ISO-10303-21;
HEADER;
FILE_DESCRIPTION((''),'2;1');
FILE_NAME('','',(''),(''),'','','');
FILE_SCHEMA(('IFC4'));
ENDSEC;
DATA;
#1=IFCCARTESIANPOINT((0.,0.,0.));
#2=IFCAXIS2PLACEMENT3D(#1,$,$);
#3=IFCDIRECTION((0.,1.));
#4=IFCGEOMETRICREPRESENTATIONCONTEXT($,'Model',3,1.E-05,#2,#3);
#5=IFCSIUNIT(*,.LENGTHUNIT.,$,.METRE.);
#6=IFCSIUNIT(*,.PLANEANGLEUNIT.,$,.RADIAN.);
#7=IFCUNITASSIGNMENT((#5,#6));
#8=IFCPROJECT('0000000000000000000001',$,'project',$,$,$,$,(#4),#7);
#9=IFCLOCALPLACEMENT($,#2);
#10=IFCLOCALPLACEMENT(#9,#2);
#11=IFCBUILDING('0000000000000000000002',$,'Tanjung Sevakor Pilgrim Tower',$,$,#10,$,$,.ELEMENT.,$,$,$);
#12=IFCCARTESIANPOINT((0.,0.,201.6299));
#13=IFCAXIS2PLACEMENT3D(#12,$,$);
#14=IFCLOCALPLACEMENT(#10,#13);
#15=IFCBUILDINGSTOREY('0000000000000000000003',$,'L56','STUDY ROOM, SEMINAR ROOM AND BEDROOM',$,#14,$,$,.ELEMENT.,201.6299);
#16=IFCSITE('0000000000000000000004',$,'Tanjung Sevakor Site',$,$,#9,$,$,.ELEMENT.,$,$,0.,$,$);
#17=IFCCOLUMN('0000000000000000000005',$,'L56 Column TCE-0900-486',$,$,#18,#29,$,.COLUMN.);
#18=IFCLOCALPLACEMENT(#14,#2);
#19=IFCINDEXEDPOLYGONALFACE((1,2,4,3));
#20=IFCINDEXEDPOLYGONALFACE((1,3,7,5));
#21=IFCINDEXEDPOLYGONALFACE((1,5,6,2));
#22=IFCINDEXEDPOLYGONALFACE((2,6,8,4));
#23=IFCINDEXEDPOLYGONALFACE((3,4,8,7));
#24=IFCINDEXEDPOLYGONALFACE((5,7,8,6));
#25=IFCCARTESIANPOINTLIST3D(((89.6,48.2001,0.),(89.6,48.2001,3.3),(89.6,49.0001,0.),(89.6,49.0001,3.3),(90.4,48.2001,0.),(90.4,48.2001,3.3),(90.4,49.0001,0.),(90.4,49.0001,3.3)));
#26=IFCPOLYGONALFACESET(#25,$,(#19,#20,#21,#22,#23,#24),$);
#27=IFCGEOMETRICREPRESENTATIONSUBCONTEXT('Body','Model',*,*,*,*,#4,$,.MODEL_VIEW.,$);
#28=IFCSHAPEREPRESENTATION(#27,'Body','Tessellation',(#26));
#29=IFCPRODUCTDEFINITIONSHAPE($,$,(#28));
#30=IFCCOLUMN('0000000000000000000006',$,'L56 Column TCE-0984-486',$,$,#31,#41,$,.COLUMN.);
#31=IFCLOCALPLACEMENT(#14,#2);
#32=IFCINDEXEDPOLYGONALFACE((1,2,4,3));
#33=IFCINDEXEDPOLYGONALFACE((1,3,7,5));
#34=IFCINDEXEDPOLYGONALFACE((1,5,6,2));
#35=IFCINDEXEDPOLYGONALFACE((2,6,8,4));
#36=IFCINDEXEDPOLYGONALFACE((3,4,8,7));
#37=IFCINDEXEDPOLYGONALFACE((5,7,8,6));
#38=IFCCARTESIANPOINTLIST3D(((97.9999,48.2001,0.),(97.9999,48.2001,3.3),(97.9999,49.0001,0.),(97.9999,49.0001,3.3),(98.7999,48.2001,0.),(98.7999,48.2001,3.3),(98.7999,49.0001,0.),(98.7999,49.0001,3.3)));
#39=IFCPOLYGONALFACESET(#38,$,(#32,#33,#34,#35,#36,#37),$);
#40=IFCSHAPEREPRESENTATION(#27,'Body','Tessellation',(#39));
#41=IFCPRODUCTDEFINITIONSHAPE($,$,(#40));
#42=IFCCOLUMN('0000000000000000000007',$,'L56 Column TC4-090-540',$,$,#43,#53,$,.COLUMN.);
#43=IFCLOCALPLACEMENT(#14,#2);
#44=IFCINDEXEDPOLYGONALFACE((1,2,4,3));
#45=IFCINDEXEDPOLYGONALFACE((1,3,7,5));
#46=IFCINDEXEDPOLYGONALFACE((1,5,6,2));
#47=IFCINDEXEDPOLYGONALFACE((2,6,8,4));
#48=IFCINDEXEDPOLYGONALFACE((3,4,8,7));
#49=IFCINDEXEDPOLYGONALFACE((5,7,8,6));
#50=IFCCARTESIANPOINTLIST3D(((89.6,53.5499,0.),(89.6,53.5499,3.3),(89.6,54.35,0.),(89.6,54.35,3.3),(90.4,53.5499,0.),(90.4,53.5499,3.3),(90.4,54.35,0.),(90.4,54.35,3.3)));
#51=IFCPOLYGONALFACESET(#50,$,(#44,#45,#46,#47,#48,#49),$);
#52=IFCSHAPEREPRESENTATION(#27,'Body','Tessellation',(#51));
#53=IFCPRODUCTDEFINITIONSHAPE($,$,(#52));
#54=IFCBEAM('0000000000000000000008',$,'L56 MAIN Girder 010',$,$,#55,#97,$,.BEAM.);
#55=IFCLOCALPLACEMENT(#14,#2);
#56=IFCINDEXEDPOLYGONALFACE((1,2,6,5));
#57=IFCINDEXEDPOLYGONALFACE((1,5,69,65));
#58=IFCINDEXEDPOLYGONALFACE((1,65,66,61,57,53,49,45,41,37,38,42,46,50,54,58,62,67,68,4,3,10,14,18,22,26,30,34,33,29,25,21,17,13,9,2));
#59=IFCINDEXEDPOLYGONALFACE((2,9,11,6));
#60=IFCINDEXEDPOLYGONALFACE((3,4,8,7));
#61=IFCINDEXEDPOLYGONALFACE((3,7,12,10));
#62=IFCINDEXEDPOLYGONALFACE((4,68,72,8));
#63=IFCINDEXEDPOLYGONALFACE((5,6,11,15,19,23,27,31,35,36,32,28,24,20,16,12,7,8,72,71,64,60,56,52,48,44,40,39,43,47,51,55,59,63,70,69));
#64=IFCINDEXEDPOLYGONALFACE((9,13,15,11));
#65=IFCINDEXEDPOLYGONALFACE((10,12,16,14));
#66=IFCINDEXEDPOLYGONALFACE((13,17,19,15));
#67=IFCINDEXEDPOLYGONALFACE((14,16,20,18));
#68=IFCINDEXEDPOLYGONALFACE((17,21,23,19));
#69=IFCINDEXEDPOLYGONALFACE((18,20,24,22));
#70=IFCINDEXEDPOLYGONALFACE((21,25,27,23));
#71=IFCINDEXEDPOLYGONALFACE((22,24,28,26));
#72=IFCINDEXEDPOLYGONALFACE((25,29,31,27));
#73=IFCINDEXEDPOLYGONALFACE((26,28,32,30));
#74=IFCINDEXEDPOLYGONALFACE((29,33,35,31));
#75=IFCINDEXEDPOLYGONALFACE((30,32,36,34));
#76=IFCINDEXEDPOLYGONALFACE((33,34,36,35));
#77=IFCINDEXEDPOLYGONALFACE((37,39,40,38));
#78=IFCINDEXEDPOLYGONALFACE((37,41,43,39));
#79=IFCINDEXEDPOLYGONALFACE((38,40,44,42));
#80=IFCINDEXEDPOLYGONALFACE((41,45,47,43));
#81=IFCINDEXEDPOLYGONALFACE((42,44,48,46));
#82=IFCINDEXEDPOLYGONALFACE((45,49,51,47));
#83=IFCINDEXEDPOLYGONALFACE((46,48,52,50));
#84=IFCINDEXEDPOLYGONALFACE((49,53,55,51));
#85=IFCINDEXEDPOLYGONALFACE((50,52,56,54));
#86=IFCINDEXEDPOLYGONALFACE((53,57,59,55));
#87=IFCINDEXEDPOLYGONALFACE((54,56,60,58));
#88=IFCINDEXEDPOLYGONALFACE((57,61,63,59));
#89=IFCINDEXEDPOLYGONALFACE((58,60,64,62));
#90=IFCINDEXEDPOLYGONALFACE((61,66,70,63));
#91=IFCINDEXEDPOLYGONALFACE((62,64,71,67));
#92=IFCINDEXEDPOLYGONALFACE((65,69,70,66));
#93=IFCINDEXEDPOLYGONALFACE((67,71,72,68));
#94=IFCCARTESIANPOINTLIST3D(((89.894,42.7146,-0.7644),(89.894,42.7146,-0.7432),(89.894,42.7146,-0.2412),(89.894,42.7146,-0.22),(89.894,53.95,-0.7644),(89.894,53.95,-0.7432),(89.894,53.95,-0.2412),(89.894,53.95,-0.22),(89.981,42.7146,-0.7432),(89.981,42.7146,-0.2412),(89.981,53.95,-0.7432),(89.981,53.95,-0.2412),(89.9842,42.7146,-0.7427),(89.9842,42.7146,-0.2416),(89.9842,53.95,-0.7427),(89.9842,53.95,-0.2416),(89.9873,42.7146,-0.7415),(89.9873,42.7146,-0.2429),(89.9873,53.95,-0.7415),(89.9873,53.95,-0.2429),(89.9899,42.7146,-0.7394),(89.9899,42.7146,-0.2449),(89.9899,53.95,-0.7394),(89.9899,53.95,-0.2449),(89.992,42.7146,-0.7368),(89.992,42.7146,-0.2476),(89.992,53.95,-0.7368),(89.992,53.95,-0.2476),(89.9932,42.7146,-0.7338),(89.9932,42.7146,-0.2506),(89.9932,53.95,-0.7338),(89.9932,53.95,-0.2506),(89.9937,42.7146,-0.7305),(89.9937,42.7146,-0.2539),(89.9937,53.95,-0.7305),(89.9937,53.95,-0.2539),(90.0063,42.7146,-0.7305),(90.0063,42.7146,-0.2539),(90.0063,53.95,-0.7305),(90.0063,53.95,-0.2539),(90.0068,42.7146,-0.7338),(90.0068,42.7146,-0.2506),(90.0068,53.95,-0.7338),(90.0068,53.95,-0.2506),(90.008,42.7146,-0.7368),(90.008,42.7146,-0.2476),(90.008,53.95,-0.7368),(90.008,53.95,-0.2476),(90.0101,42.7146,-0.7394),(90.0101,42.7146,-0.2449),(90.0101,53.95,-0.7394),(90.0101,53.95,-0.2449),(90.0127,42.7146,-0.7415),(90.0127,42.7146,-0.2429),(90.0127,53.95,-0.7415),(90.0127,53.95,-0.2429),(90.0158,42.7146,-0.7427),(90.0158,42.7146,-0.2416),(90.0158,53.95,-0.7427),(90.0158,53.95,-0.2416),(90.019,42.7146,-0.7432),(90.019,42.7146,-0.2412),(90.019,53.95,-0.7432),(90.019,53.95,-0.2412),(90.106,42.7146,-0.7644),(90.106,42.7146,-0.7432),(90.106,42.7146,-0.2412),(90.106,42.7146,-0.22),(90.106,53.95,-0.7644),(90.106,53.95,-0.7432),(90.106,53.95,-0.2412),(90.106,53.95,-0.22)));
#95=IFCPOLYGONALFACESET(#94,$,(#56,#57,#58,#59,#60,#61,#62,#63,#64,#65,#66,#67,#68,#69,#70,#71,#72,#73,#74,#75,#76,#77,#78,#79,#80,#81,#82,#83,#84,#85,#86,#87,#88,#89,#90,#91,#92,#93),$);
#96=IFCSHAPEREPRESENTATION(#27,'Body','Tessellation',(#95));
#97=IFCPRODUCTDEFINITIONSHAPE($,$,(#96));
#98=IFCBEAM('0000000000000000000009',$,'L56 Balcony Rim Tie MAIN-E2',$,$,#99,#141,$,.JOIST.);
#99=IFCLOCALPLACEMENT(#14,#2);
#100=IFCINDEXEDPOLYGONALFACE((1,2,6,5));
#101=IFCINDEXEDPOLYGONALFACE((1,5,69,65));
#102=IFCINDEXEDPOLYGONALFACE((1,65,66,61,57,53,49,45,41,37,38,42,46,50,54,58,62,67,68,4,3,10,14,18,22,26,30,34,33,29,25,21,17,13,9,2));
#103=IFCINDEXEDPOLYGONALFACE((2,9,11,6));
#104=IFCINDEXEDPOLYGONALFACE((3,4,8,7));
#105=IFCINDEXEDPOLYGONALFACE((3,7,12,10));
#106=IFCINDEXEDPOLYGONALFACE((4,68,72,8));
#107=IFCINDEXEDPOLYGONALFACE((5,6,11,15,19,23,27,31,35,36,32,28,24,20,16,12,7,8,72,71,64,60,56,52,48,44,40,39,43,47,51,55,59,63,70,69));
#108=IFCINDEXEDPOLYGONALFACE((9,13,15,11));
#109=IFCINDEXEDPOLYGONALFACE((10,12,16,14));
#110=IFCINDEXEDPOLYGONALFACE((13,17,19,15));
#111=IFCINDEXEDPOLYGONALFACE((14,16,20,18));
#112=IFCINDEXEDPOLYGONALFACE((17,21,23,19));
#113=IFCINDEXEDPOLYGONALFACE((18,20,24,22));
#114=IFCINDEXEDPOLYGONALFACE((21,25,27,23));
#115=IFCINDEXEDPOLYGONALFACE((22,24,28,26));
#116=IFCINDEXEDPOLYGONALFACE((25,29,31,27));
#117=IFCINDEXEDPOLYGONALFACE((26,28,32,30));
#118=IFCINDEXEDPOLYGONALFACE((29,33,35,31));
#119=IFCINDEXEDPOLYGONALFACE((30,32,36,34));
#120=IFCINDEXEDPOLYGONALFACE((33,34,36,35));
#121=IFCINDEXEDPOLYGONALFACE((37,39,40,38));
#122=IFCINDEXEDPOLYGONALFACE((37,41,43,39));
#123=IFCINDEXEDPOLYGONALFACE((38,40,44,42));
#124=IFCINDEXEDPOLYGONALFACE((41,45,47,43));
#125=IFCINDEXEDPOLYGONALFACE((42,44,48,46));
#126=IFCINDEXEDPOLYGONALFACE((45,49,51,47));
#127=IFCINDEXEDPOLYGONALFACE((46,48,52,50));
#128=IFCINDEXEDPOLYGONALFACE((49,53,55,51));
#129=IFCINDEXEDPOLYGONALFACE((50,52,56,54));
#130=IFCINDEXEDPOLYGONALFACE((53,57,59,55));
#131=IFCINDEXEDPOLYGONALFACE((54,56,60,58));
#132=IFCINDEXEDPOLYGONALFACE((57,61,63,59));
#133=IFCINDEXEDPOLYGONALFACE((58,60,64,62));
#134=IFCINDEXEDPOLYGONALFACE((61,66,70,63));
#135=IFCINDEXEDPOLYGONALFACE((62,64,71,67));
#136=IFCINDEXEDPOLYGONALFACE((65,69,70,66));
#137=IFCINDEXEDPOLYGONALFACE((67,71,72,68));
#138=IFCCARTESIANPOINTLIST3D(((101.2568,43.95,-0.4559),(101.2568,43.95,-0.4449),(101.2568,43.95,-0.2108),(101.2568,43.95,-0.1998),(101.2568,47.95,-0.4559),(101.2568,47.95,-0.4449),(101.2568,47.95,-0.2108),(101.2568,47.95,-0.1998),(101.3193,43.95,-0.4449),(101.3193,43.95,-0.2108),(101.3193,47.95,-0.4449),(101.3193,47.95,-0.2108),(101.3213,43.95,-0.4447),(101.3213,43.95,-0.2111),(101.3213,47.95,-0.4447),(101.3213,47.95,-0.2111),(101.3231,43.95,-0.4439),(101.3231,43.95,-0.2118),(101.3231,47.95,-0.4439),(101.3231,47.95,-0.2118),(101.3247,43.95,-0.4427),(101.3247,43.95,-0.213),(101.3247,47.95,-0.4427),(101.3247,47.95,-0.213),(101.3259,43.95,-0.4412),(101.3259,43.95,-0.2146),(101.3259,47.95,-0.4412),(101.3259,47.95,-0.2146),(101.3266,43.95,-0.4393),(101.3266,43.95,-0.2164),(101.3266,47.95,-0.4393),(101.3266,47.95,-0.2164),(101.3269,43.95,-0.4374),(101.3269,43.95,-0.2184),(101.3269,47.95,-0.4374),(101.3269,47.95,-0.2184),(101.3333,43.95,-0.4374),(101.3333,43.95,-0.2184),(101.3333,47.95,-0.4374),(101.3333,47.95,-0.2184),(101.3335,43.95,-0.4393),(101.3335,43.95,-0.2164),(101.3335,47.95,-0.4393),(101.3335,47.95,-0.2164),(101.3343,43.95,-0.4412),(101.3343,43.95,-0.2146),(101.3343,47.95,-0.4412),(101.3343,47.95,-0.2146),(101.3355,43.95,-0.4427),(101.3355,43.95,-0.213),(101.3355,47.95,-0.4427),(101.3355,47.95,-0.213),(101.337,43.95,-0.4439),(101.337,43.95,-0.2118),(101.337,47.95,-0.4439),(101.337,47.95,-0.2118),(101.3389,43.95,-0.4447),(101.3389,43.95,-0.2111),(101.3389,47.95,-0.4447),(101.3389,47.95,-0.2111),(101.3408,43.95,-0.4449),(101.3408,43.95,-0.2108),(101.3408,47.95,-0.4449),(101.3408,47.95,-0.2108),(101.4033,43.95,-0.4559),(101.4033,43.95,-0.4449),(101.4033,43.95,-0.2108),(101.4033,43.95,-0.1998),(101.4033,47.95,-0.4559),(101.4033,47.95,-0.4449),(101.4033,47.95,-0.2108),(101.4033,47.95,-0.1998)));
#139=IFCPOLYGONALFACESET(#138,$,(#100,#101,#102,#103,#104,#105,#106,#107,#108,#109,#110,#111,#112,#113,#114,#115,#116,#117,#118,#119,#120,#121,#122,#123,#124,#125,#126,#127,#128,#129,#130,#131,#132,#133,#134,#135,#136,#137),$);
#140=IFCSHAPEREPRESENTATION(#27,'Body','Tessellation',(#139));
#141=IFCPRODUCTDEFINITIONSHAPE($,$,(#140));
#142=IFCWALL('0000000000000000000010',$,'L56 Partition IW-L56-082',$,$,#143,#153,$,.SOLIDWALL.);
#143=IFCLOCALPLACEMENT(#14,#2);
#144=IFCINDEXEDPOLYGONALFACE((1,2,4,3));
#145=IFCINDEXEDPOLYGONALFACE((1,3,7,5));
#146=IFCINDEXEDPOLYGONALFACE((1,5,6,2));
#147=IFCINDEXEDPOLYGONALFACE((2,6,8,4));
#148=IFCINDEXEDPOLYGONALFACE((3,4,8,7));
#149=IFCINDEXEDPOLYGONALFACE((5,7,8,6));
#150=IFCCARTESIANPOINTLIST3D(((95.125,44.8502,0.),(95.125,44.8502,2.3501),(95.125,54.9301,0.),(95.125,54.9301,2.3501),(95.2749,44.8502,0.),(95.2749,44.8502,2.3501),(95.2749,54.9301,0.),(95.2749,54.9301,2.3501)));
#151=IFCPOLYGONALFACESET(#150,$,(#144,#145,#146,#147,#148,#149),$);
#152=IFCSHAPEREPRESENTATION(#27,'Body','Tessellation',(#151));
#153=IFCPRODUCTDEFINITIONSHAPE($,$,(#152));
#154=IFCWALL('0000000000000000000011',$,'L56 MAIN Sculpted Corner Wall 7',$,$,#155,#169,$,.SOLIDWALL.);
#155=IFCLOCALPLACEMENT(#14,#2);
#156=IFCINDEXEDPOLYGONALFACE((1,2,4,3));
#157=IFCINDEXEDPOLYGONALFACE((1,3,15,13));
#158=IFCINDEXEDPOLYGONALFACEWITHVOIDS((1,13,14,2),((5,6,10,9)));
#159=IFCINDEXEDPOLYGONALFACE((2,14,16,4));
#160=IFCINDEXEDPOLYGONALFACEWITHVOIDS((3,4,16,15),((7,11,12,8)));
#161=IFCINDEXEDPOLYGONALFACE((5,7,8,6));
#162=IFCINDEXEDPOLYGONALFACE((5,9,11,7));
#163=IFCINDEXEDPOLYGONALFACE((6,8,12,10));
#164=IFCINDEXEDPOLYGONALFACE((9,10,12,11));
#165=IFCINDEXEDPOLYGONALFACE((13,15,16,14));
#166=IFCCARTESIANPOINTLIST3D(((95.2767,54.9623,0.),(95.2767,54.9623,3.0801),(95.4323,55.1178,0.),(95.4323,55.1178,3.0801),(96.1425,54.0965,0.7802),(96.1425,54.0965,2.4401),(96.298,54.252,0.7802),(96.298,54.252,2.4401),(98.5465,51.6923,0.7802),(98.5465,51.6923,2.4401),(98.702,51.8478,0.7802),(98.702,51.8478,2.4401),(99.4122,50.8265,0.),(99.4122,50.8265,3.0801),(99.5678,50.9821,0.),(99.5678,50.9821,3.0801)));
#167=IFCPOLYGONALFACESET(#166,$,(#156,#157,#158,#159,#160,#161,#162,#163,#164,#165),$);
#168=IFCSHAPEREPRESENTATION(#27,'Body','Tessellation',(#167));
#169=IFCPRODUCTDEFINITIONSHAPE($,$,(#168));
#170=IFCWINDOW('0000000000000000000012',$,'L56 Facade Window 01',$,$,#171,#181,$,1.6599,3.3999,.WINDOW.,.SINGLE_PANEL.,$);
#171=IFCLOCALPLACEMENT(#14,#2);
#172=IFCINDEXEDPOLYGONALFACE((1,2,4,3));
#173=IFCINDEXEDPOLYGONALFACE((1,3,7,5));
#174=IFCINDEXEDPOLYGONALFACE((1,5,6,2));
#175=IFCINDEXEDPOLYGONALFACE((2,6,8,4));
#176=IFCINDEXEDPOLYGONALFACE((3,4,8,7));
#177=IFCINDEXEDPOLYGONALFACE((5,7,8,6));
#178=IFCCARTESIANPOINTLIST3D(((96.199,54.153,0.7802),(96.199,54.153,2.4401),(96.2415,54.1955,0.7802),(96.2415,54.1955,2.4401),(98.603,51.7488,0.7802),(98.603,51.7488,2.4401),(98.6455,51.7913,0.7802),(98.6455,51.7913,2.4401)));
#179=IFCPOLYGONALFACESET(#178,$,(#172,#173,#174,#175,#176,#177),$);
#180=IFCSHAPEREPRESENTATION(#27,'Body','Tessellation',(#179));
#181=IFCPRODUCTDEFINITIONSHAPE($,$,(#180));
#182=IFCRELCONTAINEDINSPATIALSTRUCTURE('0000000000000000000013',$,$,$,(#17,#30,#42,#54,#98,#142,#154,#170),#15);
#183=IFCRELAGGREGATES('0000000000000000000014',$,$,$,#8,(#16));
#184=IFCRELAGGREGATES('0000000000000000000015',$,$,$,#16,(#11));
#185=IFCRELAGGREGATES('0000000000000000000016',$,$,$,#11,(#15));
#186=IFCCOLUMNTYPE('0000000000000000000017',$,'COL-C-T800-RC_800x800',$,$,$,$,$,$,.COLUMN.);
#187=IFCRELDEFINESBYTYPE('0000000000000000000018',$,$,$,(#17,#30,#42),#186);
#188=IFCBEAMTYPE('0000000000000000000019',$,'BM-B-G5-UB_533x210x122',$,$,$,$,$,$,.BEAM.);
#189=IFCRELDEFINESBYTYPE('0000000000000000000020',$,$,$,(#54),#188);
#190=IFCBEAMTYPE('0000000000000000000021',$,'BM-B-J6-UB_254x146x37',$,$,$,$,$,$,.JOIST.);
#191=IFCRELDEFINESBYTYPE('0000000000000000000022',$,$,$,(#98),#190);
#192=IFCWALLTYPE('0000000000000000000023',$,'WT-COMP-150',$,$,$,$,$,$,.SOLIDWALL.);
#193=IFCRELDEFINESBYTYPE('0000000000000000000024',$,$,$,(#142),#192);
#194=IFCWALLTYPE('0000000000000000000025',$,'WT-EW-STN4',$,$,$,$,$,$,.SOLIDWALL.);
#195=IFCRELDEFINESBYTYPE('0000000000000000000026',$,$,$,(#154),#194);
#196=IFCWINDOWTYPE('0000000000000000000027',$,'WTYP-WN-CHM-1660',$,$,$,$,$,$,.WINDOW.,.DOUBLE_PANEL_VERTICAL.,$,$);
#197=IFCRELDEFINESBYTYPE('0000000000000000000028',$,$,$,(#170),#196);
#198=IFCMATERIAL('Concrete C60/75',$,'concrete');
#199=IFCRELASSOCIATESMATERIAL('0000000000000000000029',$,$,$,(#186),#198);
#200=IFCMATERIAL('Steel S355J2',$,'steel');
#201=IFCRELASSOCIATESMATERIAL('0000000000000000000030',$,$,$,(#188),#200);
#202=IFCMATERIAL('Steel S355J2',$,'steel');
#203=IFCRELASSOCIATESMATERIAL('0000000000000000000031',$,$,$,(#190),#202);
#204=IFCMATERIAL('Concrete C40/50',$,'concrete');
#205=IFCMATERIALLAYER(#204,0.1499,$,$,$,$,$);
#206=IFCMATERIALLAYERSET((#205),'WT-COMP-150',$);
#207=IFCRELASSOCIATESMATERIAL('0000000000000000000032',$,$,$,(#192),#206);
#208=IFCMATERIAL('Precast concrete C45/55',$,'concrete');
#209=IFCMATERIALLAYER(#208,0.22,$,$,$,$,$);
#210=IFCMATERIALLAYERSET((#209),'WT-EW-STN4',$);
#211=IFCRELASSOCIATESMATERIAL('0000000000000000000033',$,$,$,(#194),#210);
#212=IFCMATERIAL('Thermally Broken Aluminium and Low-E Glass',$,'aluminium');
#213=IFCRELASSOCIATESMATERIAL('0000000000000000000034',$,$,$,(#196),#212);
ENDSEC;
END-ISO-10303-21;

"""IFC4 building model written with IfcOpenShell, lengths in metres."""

from ifc_helpers import new_model, si_unit, direction, frame, frame_2d, origin, origin_2d, place, context, subcontext, project, spatial, rectangle, i_section, extrude, material, layer, layer_set, material_profile, profile_set, type_object, element, fill, save


model = new_model("IFC4")

# Units and contexts
model_context = context("Model", 3, precision=1e-05, world=origin(), true_north=direction((0.0, 1.0)))
body_context = subcontext(model_context, "Body", "Model", "MODEL_VIEW")
ifc_project = project(units=[si_unit("LENGTHUNIT", "METRE"), si_unit("PLANEANGLEUNIT", "RADIAN")], contexts=[model_context])

# Site, building, storey
site_placement = place(None, origin())
site = spatial("IfcSite", under=ifc_project, at=site_placement, Name="Tanjung Sevakor Site", CompositionType="ELEMENT", RefElevation=0.0)
building_placement = place(site_placement, origin())
building = spatial("IfcBuilding", under=site, at=building_placement, Name="Tanjung Sevakor Pilgrim Tower", CompositionType="ELEMENT")
storey_placement = place(building_placement, frame((0.0, 0.0, 201.6299)))
storey = spatial("IfcBuildingStorey", under=building, at=storey_placement, Name="L56", Description="STUDY ROOM, SEMINAR ROOM AND BEDROOM", CompositionType="ELEMENT", Elevation=201.6299)

# Columns
ifc_material_1 = material(Name="Concrete C60/75", Category="concrete")
ifc_material_profile_1 = material_profile(ifc_material_1, rectangle(XDim=0.8, YDim=0.8, at=origin_2d()))
ifc_profile_set_1 = profile_set([ifc_material_profile_1], Name="Concrete C60/75")
column_type = type_object("IfcColumnType", Name="COL-C-T800-RC_800x800", PredefinedType="COLUMN", material=ifc_profile_set_1)
for number, where, z_axis, x_axis, name in (
    (1, (90.0, 48.6001, 0.0), (0.0, 0.0, 1.0), (1.0, 0.0, 0.0), "L56 Column TCE-0900-486"),
    (2, (98.3999, 48.6001, 0.0), (0.0, 0.0, 1.0), (1.0, 0.0, 0.0), "L56 Column TCE-0984-486"),
    (3, (90.0, 53.95, 0.0), (0.0, 0.0, 1.0), (1.0, 0.0, 0.0), "L56 Column TC4-090-540"),
):
    element("IfcColumn", number, at=place(storey_placement, frame(where, z_axis=z_axis, x_axis=x_axis)), inside=storey, type_object=column_type, Name=name, PredefinedType="COLUMN", context=body_context, shape_type="SweptSolid", body=[
        extrude(rectangle(XDim=0.8, YDim=0.8, at=origin_2d()), origin(), (0.0, 0.0, 1.0), 3.3),
    ])

# Beams
ifc_material_2 = material(Name="Steel S355J2", Category="steel")
ifc_material_profile_2 = material_profile(ifc_material_2, i_section(OverallWidth=0.2119, OverallDepth=0.5444, WebThickness=0.0127, FlangeThickness=0.0212, FilletRadius=0.0127, at=origin_2d()))
ifc_profile_set_2 = profile_set([ifc_material_profile_2], Name="Steel S355J2")
beam_type_1 = type_object("IfcBeamType", Name="BM-B-G5-UB_533x210x122", PredefinedType="BEAM", material=ifc_profile_set_2)
beam_1_placement = place(storey_placement, frame((90.0, 42.7146, -0.4922), z_axis=(0.0, 1.0, 0.0), x_axis=(-1.0, 0.0, 0.0)))
element("IfcBeam", 4, at=beam_1_placement, inside=storey, type_object=beam_type_1, Name="L56 MAIN Girder 010", PredefinedType="BEAM", context=body_context, shape_type="SweptSolid", body=[
    extrude(i_section(OverallWidth=0.2119, OverallDepth=0.5444, WebThickness=0.0127, FlangeThickness=0.0212, FilletRadius=0.0127, at=origin_2d()), origin(), (0.0, 0.0, 1.0), 11.2354),
])
ifc_material_3 = material(Name="Steel S355J2", Category="steel")
ifc_material_profile_3 = material_profile(ifc_material_3, i_section(OverallWidth=0.1465, OverallDepth=0.2561, WebThickness=0.0063, FlangeThickness=0.011, FilletRadius=0.0076, at=origin_2d()))
ifc_profile_set_3 = profile_set([ifc_material_profile_3], Name="Steel S355J2")
beam_type_2 = type_object("IfcBeamType", Name="BM-B-J6-UB_254x146x37", PredefinedType="JOIST", material=ifc_profile_set_3)
beam_2_placement = place(storey_placement, frame((101.3301, 43.95, -0.3279), z_axis=(0.0, 1.0, 0.0), x_axis=(-1.0, 0.0, 0.0)))
element("IfcBeam", 5, at=beam_2_placement, inside=storey, type_object=beam_type_2, Name="L56 Balcony Rim Tie MAIN-E2", PredefinedType="JOIST", context=body_context, shape_type="SweptSolid", body=[
    extrude(i_section(OverallWidth=0.1465, OverallDepth=0.2561, WebThickness=0.0063, FlangeThickness=0.011, FilletRadius=0.0076, at=origin_2d()), origin(), (0.0, 0.0, 1.0), 4.0),
])

# Wall
ifc_material_4 = material(Name="Concrete C40/50", Category="concrete")
ifc_layer_1 = layer(ifc_material_4, 0.1499)
ifc_layer_set_1 = layer_set([ifc_layer_1], Name="WT-COMP-150")
wall_type_1 = type_object("IfcWallType", Name="WT-COMP-150", PredefinedType="SOLIDWALL", material=ifc_layer_set_1)
wall_1_placement = place(storey_placement, frame((95.2, 44.8501, 0.0), z_axis=(0.0, 0.0, 1.0), x_axis=(0.0, 1.0, 0.0)))
element("IfcWall", 6, at=wall_1_placement, inside=storey, type_object=wall_type_1, Name="L56 Partition IW-L56-082", PredefinedType="SOLIDWALL", context=body_context, shape_type="SweptSolid", body=[
    extrude(rectangle(XDim=10.0798, YDim=0.1499, at=frame_2d((5.04, 0.0))), origin(), (0.0, 0.0, 1.0), 2.3501),
])

# Wall, opening, window
ifc_material_5 = material(Name="Precast concrete C45/55", Category="concrete")
ifc_layer_2 = layer(ifc_material_5, 0.22)
ifc_layer_set_2 = layer_set([ifc_layer_2], Name="WT-EW-STN4")
wall_type_2 = type_object("IfcWallType", Name="WT-EW-STN4", PredefinedType="SOLIDWALL", material=ifc_layer_set_2)
wall_2_placement = place(storey_placement, frame((99.49, 50.9043, 0.0), z_axis=(0.0, 0.0, 1.0), x_axis=(-0.707086, 0.707128, 0.0)))
wall_2 = element("IfcWall", 7, at=wall_2_placement, inside=storey, type_object=wall_type_2, Name="L56 MAIN Sculpted Corner Wall 7", PredefinedType="SOLIDWALL", context=body_context, shape_type="SweptSolid", body=[
    extrude(rectangle(XDim=5.8486, YDim=0.22, at=frame_2d((2.9243, 0.0))), origin(), (0.0, 0.0, 1.0), 3.0801),
])
opening_1_placement = place(wall_2_placement, frame((1.2244, 0.0, 0.78)))
opening_1 = element("IfcOpeningElement", 8, at=opening_1_placement, cuts=wall_2, PredefinedType="OPENING", context=body_context, shape_type="SweptSolid", body=[
    extrude(rectangle(XDim=3.3999, YDim=1.6599, at=frame_2d((1.7, 0.8301))), frame((0.0, 0.1199, 0.0), z_axis=(0.0, -1.0, 0.0), x_axis=(1.0, 0.0, 0.0)), (0.0, 0.0, 1.0), 0.24),
])
ifc_material_6 = material(Name="Thermally Broken Aluminium and Low-E Glass", Category="aluminium")
window_type_1 = type_object("IfcWindowType", Name="WTYP-WN-CHM-1660", PartitioningType="DOUBLE_PANEL_VERTICAL", PredefinedType="WINDOW", material=ifc_material_6)
window_1_placement = place(opening_1_placement, origin())
window_1 = element("IfcWindow", 9, at=window_1_placement, inside=storey, type_object=window_type_1, Name="L56 Facade Window 01", OverallHeight=1.6599, OverallWidth=3.3999, PartitioningType="SINGLE_PANEL", PredefinedType="WINDOW", context=body_context, shape_type="SweptSolid", body=[
    extrude(rectangle(XDim=3.3999, YDim=1.6599, at=frame_2d((1.7, 0.8301))), frame((0.0, 0.03, 0.0), z_axis=(0.0, -1.0, 0.0), x_axis=(1.0, 0.0, 0.0)), (0.0, 0.0, 1.0), 0.0601),
])
fill(opening_1, window_1)

save(model, "model.ifc")
